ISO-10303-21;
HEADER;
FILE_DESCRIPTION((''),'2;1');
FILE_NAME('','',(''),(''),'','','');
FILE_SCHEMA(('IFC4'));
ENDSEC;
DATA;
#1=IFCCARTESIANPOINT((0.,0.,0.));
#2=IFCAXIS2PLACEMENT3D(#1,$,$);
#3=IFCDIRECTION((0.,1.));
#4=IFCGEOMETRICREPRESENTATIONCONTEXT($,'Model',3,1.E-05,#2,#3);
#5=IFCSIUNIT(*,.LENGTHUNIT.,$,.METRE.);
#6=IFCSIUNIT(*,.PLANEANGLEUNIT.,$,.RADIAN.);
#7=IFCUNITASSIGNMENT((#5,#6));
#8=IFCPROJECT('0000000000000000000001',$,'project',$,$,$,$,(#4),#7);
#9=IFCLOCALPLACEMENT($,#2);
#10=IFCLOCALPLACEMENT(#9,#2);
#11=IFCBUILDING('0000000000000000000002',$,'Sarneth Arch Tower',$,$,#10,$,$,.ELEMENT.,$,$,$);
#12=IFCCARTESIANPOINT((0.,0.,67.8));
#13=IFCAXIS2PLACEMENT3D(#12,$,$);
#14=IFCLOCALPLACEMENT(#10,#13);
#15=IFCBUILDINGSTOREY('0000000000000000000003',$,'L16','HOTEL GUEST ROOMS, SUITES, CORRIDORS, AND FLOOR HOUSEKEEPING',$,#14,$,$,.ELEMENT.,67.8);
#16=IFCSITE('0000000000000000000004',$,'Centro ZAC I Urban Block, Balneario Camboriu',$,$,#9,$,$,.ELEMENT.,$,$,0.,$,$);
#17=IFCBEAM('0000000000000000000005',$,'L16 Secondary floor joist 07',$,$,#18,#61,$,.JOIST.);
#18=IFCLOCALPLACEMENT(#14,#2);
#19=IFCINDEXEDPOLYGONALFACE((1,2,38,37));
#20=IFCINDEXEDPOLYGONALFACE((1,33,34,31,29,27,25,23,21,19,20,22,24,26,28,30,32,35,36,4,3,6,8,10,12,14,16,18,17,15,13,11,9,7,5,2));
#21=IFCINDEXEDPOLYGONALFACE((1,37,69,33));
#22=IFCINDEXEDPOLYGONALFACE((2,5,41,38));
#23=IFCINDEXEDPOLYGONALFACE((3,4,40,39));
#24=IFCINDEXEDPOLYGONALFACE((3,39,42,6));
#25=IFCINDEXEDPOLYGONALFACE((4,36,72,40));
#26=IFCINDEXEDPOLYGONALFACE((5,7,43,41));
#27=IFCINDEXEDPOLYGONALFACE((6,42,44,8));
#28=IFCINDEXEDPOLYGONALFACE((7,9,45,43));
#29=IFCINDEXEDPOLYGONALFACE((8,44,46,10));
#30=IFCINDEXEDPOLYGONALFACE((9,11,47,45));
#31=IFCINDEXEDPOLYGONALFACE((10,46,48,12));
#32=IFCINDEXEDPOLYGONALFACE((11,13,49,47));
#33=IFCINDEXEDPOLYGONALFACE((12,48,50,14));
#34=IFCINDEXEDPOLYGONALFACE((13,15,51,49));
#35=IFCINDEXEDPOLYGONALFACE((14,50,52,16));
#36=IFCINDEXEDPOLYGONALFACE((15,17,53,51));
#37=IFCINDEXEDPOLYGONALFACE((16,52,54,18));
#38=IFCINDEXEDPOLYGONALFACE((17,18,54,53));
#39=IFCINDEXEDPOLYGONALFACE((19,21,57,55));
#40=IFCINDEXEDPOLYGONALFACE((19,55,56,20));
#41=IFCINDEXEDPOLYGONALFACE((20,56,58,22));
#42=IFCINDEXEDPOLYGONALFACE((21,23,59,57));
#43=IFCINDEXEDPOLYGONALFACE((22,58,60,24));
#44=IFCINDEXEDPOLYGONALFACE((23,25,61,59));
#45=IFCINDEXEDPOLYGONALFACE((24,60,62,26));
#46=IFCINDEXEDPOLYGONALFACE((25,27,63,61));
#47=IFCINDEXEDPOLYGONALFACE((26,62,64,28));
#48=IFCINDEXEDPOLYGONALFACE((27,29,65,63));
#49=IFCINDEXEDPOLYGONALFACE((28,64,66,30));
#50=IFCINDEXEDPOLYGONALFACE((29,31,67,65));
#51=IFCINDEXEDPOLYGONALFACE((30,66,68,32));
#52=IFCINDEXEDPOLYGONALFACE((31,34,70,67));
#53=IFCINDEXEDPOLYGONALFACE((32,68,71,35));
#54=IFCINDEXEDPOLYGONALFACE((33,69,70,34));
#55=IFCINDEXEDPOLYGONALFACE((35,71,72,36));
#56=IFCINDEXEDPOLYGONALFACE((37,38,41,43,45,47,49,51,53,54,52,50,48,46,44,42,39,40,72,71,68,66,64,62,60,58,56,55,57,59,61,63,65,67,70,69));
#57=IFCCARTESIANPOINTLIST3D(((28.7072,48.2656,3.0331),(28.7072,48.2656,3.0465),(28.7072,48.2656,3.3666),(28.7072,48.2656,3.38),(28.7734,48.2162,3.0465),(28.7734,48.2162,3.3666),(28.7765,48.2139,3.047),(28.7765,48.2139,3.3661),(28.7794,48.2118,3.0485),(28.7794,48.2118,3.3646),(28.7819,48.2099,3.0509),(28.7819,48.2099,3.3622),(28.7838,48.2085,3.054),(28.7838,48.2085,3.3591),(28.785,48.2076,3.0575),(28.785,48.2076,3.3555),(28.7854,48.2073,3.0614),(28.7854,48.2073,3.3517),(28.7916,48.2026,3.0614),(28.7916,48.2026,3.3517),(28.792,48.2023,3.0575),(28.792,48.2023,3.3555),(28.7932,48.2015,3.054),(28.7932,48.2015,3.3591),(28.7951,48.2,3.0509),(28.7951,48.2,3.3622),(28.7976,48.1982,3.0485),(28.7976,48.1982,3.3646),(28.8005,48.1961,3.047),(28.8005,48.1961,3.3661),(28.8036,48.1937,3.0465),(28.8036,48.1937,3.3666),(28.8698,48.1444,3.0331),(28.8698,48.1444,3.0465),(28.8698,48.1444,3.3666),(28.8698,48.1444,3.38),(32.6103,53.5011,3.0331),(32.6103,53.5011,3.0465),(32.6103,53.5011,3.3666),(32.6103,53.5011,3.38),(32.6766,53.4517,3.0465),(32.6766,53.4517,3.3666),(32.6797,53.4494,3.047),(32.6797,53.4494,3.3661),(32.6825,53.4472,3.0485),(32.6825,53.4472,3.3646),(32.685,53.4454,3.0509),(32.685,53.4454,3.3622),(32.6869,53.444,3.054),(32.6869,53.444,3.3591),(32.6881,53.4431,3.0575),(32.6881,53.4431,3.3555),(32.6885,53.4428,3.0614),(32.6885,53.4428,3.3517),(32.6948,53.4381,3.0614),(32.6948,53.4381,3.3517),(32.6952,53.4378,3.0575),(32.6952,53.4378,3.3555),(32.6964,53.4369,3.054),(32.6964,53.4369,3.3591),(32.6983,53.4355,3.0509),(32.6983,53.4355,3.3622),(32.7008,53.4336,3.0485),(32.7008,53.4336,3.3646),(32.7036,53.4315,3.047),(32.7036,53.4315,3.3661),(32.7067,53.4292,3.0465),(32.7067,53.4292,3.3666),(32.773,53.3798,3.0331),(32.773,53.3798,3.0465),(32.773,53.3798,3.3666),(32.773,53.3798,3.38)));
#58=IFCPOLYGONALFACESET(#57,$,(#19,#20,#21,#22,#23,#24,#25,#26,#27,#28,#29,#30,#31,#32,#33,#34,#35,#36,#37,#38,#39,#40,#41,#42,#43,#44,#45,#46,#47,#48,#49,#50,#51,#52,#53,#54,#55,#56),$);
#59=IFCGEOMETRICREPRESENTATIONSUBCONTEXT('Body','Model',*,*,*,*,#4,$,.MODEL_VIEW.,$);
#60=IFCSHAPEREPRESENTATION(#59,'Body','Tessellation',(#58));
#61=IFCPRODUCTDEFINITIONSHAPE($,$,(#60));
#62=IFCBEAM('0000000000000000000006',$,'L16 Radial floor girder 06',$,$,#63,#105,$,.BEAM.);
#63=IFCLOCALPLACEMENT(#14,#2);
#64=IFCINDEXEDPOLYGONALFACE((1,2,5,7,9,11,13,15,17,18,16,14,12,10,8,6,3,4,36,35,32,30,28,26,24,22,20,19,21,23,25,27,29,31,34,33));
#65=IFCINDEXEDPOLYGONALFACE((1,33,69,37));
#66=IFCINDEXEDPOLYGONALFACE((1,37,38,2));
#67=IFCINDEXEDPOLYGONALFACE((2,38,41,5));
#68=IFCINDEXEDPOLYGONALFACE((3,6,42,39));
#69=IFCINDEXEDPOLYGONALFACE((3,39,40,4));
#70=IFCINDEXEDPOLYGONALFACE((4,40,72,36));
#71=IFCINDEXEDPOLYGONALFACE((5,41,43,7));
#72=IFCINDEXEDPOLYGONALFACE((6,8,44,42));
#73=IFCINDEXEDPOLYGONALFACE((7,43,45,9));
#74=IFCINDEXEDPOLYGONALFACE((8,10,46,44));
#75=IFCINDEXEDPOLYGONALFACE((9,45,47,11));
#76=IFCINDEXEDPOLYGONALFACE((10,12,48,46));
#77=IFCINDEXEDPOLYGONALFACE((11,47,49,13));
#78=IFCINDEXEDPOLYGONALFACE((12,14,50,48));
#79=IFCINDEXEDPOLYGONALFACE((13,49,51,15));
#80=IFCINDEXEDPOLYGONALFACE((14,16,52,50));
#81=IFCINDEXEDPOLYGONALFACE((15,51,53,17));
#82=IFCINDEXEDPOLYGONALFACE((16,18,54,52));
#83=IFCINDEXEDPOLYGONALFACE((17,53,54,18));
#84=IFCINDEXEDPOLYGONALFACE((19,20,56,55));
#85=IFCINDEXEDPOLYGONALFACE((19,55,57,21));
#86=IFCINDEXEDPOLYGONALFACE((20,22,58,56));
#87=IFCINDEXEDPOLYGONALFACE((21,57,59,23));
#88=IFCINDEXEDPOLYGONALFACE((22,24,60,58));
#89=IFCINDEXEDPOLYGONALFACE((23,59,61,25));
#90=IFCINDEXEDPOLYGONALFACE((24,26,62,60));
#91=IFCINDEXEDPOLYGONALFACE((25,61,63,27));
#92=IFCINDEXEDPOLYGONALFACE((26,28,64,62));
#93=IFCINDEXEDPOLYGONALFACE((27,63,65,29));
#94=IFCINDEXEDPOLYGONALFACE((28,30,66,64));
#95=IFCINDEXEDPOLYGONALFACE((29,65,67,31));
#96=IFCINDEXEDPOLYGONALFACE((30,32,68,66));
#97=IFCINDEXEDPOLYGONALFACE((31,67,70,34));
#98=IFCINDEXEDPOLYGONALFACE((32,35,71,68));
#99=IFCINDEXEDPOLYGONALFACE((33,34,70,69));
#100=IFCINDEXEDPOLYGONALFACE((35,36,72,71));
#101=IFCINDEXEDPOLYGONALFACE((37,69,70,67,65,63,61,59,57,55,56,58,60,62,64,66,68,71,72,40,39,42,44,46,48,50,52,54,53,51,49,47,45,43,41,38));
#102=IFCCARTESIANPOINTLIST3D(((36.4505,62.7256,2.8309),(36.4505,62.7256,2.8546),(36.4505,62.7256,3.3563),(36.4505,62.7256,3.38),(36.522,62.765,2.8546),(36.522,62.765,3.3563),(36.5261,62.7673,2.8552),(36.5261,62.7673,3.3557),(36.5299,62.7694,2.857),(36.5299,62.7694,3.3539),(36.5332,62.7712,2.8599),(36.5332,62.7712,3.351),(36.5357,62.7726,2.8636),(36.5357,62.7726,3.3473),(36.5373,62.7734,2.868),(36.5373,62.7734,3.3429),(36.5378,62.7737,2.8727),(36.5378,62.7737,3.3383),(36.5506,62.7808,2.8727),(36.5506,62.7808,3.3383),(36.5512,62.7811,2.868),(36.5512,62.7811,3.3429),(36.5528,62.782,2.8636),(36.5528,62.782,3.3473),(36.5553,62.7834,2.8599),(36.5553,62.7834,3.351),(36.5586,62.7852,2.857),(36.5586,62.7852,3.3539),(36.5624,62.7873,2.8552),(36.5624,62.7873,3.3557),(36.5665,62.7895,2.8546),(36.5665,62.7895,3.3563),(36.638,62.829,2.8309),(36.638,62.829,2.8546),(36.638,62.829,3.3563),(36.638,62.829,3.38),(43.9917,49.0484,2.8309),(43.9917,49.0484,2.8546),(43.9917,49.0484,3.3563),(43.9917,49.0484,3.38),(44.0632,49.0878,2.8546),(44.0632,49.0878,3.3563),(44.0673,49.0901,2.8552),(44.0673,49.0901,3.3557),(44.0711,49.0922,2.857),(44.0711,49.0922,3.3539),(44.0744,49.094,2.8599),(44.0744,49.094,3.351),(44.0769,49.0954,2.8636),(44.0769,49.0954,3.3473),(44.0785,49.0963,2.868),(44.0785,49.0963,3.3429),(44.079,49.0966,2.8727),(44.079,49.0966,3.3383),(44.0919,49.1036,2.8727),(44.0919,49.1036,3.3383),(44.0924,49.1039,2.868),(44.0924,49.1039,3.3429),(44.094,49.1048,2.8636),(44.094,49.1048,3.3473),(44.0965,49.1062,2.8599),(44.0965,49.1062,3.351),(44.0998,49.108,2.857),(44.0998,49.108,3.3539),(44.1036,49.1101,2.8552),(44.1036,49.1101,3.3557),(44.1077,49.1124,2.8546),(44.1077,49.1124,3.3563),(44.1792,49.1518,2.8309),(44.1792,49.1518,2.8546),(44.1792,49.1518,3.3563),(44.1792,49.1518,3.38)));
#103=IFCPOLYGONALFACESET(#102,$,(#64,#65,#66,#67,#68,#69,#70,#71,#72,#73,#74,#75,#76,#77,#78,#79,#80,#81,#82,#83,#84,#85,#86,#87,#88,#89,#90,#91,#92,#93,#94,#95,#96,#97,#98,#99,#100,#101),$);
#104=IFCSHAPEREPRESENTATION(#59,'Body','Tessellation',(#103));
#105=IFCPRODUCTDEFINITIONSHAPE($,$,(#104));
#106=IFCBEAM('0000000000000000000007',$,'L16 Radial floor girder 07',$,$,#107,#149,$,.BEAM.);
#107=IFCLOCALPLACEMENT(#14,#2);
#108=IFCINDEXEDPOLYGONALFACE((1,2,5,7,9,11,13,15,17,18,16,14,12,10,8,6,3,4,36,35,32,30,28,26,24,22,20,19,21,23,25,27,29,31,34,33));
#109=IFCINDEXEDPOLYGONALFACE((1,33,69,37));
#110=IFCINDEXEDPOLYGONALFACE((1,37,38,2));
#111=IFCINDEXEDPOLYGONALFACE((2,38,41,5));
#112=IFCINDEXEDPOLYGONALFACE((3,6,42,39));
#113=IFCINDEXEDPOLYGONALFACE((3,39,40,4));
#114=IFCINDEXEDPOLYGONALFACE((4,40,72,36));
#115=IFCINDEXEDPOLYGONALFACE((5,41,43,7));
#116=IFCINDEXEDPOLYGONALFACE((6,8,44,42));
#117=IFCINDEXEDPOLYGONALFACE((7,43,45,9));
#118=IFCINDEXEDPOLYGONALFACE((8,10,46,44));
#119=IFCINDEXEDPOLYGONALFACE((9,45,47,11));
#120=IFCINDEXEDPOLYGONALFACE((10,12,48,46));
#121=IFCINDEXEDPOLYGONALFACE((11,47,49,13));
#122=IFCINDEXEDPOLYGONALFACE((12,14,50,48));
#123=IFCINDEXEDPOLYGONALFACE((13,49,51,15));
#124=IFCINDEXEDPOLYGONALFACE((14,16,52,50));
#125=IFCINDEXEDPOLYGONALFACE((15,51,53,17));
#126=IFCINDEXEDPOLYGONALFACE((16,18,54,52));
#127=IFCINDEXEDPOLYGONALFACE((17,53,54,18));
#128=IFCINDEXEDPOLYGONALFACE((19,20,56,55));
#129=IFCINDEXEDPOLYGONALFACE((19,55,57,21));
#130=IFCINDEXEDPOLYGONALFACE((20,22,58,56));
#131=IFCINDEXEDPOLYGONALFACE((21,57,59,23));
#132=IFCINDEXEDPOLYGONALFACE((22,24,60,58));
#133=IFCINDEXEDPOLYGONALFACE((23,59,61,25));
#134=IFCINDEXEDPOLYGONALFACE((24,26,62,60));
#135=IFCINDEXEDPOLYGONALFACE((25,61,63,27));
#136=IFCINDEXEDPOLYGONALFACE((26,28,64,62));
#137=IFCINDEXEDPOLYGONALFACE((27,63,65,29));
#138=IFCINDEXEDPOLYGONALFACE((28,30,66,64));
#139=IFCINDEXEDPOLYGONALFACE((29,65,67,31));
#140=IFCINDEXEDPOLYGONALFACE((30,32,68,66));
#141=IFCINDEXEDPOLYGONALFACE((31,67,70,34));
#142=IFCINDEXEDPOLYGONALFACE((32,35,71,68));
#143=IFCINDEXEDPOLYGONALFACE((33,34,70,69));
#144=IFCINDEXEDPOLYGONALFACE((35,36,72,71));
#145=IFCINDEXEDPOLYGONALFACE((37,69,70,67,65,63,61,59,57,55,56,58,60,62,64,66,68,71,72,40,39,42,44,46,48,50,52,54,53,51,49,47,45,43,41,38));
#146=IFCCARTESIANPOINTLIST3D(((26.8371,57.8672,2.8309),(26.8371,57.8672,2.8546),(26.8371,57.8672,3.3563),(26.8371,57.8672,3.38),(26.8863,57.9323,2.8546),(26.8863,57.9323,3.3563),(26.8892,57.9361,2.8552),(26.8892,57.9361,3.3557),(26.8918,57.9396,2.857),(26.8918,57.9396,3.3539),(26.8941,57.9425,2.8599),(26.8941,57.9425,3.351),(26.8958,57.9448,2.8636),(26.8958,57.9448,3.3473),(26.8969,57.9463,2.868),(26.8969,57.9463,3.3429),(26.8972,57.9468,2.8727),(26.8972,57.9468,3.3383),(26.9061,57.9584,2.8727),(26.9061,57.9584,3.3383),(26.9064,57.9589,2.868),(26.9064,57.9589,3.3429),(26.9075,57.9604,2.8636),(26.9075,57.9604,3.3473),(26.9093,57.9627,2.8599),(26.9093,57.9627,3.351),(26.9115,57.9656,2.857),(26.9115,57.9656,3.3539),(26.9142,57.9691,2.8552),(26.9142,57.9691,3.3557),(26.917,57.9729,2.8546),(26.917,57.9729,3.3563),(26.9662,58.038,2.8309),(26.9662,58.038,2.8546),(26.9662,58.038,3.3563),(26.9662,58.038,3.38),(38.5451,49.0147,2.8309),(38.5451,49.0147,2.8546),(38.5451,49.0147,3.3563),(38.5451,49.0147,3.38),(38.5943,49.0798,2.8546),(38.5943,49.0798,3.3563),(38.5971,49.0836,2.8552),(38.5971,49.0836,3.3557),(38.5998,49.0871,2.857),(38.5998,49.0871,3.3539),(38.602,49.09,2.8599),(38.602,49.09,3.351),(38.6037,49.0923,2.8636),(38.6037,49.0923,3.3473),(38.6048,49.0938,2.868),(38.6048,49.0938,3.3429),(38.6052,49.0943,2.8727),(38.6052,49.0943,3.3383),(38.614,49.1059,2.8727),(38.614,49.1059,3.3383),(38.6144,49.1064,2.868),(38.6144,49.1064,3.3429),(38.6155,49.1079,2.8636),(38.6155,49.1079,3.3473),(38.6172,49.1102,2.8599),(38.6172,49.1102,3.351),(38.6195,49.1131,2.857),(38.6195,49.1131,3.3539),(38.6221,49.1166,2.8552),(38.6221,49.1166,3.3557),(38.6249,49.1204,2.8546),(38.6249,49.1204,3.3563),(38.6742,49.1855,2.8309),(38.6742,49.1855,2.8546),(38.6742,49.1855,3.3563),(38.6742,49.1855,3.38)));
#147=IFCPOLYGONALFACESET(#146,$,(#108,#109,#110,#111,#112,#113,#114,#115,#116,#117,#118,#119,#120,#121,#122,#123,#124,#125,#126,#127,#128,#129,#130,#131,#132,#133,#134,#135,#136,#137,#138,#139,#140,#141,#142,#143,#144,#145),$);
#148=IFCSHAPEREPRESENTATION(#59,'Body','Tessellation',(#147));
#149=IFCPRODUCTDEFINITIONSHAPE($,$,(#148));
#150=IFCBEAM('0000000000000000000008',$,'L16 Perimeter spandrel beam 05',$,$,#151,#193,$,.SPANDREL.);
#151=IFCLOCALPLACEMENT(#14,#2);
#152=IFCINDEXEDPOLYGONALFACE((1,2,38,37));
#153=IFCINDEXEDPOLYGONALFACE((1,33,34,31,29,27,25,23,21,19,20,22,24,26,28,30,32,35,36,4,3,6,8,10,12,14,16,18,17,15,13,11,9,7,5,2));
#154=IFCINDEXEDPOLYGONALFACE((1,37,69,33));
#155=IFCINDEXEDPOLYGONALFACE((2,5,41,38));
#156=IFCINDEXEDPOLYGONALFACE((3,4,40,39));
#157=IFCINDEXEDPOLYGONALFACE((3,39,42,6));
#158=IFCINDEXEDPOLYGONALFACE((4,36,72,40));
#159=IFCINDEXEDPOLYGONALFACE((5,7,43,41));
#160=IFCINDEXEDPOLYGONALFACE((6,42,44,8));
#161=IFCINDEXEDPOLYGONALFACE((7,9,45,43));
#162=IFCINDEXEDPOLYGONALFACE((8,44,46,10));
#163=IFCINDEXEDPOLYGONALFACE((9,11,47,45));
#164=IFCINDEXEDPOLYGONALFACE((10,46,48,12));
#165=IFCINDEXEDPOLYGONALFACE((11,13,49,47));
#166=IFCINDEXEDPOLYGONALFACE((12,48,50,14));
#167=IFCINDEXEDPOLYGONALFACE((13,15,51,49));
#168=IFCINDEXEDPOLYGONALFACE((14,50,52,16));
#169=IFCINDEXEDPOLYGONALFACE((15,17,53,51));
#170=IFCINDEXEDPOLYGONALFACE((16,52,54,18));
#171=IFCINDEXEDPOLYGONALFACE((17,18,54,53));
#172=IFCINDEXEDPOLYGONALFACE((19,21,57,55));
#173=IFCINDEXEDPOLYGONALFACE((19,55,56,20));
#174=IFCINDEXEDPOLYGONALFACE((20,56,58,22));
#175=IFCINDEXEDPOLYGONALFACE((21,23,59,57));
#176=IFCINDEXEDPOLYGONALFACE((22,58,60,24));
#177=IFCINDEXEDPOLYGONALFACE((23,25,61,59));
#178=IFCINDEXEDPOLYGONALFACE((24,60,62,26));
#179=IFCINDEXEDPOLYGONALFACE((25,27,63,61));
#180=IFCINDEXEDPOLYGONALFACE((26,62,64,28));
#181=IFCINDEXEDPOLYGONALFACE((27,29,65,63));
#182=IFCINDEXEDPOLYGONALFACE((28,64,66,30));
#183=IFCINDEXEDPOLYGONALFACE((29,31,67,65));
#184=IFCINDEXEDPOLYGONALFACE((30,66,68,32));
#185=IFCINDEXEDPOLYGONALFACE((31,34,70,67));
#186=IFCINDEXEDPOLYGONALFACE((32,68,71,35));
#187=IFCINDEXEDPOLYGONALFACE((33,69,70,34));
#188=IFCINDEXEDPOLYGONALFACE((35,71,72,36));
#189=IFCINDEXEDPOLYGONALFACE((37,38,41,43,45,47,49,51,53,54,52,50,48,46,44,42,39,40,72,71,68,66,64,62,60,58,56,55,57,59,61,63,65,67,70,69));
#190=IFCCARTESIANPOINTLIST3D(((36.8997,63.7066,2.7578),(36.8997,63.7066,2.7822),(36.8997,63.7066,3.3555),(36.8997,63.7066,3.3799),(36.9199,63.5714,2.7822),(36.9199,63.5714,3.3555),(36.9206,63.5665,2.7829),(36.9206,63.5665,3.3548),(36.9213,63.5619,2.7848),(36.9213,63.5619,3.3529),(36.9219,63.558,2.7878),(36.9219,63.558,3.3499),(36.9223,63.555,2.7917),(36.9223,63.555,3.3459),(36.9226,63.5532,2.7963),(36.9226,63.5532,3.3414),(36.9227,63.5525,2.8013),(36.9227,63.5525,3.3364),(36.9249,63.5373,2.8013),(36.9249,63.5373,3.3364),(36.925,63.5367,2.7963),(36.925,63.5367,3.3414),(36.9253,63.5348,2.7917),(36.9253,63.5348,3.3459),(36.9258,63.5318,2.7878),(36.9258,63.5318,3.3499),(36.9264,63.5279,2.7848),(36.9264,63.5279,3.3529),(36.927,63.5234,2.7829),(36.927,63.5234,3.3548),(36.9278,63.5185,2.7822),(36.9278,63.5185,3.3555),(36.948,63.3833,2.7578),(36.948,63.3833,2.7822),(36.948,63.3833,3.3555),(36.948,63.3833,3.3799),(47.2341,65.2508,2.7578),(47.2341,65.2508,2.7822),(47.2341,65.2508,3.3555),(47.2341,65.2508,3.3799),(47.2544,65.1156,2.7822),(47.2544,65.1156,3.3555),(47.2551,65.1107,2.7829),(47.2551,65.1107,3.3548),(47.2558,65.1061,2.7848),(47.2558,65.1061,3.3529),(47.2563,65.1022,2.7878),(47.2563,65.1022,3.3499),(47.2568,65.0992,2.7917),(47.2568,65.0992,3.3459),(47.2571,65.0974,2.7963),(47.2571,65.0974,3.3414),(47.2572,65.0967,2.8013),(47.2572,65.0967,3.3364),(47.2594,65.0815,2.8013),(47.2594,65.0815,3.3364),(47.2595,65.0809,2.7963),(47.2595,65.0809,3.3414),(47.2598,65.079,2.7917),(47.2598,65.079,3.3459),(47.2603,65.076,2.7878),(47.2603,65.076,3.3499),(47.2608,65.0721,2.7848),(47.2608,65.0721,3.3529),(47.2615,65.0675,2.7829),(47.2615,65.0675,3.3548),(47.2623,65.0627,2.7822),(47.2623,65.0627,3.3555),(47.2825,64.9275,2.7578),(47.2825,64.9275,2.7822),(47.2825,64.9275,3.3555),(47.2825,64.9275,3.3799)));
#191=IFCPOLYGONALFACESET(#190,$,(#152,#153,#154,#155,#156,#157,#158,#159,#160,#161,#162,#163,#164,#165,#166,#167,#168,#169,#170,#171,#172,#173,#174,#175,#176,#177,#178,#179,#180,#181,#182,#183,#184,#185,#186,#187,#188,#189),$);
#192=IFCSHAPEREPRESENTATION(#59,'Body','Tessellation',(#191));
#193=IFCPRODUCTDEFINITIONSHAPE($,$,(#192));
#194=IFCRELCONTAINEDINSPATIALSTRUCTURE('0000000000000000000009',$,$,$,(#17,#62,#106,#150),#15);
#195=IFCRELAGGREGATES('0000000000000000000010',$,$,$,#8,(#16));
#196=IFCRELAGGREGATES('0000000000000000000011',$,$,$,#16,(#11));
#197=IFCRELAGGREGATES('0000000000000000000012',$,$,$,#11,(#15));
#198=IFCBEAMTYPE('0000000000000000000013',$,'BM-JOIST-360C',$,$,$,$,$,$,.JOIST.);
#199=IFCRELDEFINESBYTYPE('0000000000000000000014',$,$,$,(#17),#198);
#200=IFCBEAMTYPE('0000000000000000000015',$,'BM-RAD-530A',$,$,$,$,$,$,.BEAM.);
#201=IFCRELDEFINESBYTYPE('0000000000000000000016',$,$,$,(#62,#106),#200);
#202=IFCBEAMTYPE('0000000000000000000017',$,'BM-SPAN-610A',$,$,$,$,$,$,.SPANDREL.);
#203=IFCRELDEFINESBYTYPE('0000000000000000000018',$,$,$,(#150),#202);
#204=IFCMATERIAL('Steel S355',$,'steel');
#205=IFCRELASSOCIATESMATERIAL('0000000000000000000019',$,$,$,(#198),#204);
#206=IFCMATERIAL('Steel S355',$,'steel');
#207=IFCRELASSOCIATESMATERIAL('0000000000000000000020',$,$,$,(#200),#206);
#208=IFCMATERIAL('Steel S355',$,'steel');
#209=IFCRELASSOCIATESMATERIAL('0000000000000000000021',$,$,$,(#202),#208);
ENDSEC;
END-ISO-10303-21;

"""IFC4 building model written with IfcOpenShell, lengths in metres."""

from ifc_helpers import new_model, si_unit, direction, frame, origin, origin_2d, place, context, subcontext, project, spatial, i_section, extrude, material, material_profile, profile_set, type_object, element, save


model = new_model("IFC4")

# Units and contexts
model_context = context("Model", 3, precision=1e-05, world=origin(), true_north=direction((0.0, 1.0)))
body_context = subcontext(model_context, "Body", "Model", "MODEL_VIEW")
ifc_project = project(units=[si_unit("LENGTHUNIT", "METRE"), si_unit("PLANEANGLEUNIT", "RADIAN")], contexts=[model_context])

# Site, building, storey
site_placement = place(None, origin())
site = spatial("IfcSite", under=ifc_project, at=site_placement, Name="Centro ZAC I Urban Block, Balneario Camboriu", CompositionType="ELEMENT", RefElevation=0.0)
building_placement = place(site_placement, origin())
building = spatial("IfcBuilding", under=site, at=building_placement, Name="Sarneth Arch Tower", CompositionType="ELEMENT")
storey_placement = place(building_placement, frame((0.0, 0.0, 67.8)))
storey = spatial("IfcBuildingStorey", under=building, at=storey_placement, Name="L16", Description="HOTEL GUEST ROOMS, SUITES, CORRIDORS, AND FLOOR HOUSEKEEPING", CompositionType="ELEMENT", Elevation=67.8)

# Beams
ifc_material_1 = material(Name="Steel S355", Category="steel")
ifc_material_profile_1 = material_profile(ifc_material_1, i_section(OverallWidth=0.2029, OverallDepth=0.3469, WebThickness=0.0078, FlangeThickness=0.0134, FilletRadius=0.0149, at=origin_2d()), Name="W360x64")
ifc_profile_set_1 = profile_set([ifc_material_profile_1], Name="Steel S355")
beam_type_1 = type_object("IfcBeamType", Name="BM-JOIST-360C", PredefinedType="JOIST", material=ifc_profile_set_1)
beam_1_placement = place(storey_placement, frame((32.6917, 53.4404, 3.2065), z_axis=(-0.5977, -0.801719, 0.0), x_axis=(0.801719, -0.5977, 0.0)))
element("IfcBeam", 1, at=beam_1_placement, inside=storey, type_object=beam_type_1, Name="L16 Secondary floor joist 07", PredefinedType="JOIST", context=body_context, shape_type="SweptSolid", body=[
    extrude(i_section(OverallWidth=0.2029, OverallDepth=0.3469, WebThickness=0.0078, FlangeThickness=0.0134, FilletRadius=0.0149, at=origin_2d()), origin(), (0.0, 0.0, 1.0), 6.5303),
])
ifc_material_2 = material(Name="Steel S355", Category="steel")
ifc_material_profile_2 = material_profile(ifc_material_2, i_section(OverallWidth=0.2141, OverallDepth=0.5491, WebThickness=0.0146, FlangeThickness=0.0237, FilletRadius=0.0181, at=origin_2d()), Name="W530x138")
ifc_profile_set_2 = profile_set([ifc_material_profile_2], Name="Steel S355")
beam_type_2 = type_object("IfcBeamType", Name="BM-RAD-530A", PredefinedType="BEAM", material=ifc_profile_set_2)
beam_2_placement = place(storey_placement, frame((44.0854, 49.1001, 3.1055), z_axis=(-0.482841, 0.875708, 0.0), x_axis=(-0.875708, -0.482841, 0.0)))
element("IfcBeam", 2, at=beam_2_placement, inside=storey, type_object=beam_type_2, Name="L16 Radial floor girder 06", PredefinedType="BEAM", context=body_context, shape_type="SweptSolid", body=[
    extrude(i_section(OverallWidth=0.2141, OverallDepth=0.5491, WebThickness=0.0146, FlangeThickness=0.0237, FilletRadius=0.0181, at=origin_2d()), origin(), (0.0, 0.0, 1.0), 15.6184),
])
beam_3_placement = place(storey_placement, frame((38.6096, 49.1001, 3.1055), z_axis=(-0.797655, 0.603114, 0.0), x_axis=(-0.603114, -0.797655, 0.0)))
element("IfcBeam", 3, at=beam_3_placement, inside=storey, type_object=beam_type_2, Name="L16 Radial floor girder 07", PredefinedType="BEAM", context=body_context, shape_type="SweptSolid", body=[
    extrude(i_section(OverallWidth=0.2141, OverallDepth=0.5491, WebThickness=0.0146, FlangeThickness=0.0237, FilletRadius=0.0181, at=origin_2d()), origin(), (0.0, 0.0, 1.0), 14.678),
])
ifc_material_3 = material(Name="Steel S355", Category="steel")
ifc_material_profile_3 = material_profile(ifc_material_3, i_section(OverallWidth=0.3269, OverallDepth=0.6221, WebThickness=0.0154, FlangeThickness=0.0244, FilletRadius=0.019, at=origin_2d()), Name="W610x195")
ifc_profile_set_3 = profile_set([ifc_material_profile_3], Name="Steel S355")
beam_type_3 = type_object("IfcBeamType", Name="BM-SPAN-610A", PredefinedType="SPANDREL", material=ifc_profile_set_3)
beam_4_placement = place(storey_placement, frame((47.2583, 65.0891, 3.0688), z_axis=(-0.98902, -0.147781, 0.0), x_axis=(0.147781, -0.98902, 0.0)))
element("IfcBeam", 4, at=beam_4_placement, inside=storey, type_object=beam_type_3, Name="L16 Perimeter spandrel beam 05", PredefinedType="SPANDREL", context=body_context, shape_type="SweptSolid", body=[
    extrude(i_section(OverallWidth=0.3269, OverallDepth=0.6221, WebThickness=0.0154, FlangeThickness=0.0244, FilletRadius=0.019, at=origin_2d()), origin(), (0.0, 0.0, 1.0), 10.4492),
])

save(model, "model.ifc")
